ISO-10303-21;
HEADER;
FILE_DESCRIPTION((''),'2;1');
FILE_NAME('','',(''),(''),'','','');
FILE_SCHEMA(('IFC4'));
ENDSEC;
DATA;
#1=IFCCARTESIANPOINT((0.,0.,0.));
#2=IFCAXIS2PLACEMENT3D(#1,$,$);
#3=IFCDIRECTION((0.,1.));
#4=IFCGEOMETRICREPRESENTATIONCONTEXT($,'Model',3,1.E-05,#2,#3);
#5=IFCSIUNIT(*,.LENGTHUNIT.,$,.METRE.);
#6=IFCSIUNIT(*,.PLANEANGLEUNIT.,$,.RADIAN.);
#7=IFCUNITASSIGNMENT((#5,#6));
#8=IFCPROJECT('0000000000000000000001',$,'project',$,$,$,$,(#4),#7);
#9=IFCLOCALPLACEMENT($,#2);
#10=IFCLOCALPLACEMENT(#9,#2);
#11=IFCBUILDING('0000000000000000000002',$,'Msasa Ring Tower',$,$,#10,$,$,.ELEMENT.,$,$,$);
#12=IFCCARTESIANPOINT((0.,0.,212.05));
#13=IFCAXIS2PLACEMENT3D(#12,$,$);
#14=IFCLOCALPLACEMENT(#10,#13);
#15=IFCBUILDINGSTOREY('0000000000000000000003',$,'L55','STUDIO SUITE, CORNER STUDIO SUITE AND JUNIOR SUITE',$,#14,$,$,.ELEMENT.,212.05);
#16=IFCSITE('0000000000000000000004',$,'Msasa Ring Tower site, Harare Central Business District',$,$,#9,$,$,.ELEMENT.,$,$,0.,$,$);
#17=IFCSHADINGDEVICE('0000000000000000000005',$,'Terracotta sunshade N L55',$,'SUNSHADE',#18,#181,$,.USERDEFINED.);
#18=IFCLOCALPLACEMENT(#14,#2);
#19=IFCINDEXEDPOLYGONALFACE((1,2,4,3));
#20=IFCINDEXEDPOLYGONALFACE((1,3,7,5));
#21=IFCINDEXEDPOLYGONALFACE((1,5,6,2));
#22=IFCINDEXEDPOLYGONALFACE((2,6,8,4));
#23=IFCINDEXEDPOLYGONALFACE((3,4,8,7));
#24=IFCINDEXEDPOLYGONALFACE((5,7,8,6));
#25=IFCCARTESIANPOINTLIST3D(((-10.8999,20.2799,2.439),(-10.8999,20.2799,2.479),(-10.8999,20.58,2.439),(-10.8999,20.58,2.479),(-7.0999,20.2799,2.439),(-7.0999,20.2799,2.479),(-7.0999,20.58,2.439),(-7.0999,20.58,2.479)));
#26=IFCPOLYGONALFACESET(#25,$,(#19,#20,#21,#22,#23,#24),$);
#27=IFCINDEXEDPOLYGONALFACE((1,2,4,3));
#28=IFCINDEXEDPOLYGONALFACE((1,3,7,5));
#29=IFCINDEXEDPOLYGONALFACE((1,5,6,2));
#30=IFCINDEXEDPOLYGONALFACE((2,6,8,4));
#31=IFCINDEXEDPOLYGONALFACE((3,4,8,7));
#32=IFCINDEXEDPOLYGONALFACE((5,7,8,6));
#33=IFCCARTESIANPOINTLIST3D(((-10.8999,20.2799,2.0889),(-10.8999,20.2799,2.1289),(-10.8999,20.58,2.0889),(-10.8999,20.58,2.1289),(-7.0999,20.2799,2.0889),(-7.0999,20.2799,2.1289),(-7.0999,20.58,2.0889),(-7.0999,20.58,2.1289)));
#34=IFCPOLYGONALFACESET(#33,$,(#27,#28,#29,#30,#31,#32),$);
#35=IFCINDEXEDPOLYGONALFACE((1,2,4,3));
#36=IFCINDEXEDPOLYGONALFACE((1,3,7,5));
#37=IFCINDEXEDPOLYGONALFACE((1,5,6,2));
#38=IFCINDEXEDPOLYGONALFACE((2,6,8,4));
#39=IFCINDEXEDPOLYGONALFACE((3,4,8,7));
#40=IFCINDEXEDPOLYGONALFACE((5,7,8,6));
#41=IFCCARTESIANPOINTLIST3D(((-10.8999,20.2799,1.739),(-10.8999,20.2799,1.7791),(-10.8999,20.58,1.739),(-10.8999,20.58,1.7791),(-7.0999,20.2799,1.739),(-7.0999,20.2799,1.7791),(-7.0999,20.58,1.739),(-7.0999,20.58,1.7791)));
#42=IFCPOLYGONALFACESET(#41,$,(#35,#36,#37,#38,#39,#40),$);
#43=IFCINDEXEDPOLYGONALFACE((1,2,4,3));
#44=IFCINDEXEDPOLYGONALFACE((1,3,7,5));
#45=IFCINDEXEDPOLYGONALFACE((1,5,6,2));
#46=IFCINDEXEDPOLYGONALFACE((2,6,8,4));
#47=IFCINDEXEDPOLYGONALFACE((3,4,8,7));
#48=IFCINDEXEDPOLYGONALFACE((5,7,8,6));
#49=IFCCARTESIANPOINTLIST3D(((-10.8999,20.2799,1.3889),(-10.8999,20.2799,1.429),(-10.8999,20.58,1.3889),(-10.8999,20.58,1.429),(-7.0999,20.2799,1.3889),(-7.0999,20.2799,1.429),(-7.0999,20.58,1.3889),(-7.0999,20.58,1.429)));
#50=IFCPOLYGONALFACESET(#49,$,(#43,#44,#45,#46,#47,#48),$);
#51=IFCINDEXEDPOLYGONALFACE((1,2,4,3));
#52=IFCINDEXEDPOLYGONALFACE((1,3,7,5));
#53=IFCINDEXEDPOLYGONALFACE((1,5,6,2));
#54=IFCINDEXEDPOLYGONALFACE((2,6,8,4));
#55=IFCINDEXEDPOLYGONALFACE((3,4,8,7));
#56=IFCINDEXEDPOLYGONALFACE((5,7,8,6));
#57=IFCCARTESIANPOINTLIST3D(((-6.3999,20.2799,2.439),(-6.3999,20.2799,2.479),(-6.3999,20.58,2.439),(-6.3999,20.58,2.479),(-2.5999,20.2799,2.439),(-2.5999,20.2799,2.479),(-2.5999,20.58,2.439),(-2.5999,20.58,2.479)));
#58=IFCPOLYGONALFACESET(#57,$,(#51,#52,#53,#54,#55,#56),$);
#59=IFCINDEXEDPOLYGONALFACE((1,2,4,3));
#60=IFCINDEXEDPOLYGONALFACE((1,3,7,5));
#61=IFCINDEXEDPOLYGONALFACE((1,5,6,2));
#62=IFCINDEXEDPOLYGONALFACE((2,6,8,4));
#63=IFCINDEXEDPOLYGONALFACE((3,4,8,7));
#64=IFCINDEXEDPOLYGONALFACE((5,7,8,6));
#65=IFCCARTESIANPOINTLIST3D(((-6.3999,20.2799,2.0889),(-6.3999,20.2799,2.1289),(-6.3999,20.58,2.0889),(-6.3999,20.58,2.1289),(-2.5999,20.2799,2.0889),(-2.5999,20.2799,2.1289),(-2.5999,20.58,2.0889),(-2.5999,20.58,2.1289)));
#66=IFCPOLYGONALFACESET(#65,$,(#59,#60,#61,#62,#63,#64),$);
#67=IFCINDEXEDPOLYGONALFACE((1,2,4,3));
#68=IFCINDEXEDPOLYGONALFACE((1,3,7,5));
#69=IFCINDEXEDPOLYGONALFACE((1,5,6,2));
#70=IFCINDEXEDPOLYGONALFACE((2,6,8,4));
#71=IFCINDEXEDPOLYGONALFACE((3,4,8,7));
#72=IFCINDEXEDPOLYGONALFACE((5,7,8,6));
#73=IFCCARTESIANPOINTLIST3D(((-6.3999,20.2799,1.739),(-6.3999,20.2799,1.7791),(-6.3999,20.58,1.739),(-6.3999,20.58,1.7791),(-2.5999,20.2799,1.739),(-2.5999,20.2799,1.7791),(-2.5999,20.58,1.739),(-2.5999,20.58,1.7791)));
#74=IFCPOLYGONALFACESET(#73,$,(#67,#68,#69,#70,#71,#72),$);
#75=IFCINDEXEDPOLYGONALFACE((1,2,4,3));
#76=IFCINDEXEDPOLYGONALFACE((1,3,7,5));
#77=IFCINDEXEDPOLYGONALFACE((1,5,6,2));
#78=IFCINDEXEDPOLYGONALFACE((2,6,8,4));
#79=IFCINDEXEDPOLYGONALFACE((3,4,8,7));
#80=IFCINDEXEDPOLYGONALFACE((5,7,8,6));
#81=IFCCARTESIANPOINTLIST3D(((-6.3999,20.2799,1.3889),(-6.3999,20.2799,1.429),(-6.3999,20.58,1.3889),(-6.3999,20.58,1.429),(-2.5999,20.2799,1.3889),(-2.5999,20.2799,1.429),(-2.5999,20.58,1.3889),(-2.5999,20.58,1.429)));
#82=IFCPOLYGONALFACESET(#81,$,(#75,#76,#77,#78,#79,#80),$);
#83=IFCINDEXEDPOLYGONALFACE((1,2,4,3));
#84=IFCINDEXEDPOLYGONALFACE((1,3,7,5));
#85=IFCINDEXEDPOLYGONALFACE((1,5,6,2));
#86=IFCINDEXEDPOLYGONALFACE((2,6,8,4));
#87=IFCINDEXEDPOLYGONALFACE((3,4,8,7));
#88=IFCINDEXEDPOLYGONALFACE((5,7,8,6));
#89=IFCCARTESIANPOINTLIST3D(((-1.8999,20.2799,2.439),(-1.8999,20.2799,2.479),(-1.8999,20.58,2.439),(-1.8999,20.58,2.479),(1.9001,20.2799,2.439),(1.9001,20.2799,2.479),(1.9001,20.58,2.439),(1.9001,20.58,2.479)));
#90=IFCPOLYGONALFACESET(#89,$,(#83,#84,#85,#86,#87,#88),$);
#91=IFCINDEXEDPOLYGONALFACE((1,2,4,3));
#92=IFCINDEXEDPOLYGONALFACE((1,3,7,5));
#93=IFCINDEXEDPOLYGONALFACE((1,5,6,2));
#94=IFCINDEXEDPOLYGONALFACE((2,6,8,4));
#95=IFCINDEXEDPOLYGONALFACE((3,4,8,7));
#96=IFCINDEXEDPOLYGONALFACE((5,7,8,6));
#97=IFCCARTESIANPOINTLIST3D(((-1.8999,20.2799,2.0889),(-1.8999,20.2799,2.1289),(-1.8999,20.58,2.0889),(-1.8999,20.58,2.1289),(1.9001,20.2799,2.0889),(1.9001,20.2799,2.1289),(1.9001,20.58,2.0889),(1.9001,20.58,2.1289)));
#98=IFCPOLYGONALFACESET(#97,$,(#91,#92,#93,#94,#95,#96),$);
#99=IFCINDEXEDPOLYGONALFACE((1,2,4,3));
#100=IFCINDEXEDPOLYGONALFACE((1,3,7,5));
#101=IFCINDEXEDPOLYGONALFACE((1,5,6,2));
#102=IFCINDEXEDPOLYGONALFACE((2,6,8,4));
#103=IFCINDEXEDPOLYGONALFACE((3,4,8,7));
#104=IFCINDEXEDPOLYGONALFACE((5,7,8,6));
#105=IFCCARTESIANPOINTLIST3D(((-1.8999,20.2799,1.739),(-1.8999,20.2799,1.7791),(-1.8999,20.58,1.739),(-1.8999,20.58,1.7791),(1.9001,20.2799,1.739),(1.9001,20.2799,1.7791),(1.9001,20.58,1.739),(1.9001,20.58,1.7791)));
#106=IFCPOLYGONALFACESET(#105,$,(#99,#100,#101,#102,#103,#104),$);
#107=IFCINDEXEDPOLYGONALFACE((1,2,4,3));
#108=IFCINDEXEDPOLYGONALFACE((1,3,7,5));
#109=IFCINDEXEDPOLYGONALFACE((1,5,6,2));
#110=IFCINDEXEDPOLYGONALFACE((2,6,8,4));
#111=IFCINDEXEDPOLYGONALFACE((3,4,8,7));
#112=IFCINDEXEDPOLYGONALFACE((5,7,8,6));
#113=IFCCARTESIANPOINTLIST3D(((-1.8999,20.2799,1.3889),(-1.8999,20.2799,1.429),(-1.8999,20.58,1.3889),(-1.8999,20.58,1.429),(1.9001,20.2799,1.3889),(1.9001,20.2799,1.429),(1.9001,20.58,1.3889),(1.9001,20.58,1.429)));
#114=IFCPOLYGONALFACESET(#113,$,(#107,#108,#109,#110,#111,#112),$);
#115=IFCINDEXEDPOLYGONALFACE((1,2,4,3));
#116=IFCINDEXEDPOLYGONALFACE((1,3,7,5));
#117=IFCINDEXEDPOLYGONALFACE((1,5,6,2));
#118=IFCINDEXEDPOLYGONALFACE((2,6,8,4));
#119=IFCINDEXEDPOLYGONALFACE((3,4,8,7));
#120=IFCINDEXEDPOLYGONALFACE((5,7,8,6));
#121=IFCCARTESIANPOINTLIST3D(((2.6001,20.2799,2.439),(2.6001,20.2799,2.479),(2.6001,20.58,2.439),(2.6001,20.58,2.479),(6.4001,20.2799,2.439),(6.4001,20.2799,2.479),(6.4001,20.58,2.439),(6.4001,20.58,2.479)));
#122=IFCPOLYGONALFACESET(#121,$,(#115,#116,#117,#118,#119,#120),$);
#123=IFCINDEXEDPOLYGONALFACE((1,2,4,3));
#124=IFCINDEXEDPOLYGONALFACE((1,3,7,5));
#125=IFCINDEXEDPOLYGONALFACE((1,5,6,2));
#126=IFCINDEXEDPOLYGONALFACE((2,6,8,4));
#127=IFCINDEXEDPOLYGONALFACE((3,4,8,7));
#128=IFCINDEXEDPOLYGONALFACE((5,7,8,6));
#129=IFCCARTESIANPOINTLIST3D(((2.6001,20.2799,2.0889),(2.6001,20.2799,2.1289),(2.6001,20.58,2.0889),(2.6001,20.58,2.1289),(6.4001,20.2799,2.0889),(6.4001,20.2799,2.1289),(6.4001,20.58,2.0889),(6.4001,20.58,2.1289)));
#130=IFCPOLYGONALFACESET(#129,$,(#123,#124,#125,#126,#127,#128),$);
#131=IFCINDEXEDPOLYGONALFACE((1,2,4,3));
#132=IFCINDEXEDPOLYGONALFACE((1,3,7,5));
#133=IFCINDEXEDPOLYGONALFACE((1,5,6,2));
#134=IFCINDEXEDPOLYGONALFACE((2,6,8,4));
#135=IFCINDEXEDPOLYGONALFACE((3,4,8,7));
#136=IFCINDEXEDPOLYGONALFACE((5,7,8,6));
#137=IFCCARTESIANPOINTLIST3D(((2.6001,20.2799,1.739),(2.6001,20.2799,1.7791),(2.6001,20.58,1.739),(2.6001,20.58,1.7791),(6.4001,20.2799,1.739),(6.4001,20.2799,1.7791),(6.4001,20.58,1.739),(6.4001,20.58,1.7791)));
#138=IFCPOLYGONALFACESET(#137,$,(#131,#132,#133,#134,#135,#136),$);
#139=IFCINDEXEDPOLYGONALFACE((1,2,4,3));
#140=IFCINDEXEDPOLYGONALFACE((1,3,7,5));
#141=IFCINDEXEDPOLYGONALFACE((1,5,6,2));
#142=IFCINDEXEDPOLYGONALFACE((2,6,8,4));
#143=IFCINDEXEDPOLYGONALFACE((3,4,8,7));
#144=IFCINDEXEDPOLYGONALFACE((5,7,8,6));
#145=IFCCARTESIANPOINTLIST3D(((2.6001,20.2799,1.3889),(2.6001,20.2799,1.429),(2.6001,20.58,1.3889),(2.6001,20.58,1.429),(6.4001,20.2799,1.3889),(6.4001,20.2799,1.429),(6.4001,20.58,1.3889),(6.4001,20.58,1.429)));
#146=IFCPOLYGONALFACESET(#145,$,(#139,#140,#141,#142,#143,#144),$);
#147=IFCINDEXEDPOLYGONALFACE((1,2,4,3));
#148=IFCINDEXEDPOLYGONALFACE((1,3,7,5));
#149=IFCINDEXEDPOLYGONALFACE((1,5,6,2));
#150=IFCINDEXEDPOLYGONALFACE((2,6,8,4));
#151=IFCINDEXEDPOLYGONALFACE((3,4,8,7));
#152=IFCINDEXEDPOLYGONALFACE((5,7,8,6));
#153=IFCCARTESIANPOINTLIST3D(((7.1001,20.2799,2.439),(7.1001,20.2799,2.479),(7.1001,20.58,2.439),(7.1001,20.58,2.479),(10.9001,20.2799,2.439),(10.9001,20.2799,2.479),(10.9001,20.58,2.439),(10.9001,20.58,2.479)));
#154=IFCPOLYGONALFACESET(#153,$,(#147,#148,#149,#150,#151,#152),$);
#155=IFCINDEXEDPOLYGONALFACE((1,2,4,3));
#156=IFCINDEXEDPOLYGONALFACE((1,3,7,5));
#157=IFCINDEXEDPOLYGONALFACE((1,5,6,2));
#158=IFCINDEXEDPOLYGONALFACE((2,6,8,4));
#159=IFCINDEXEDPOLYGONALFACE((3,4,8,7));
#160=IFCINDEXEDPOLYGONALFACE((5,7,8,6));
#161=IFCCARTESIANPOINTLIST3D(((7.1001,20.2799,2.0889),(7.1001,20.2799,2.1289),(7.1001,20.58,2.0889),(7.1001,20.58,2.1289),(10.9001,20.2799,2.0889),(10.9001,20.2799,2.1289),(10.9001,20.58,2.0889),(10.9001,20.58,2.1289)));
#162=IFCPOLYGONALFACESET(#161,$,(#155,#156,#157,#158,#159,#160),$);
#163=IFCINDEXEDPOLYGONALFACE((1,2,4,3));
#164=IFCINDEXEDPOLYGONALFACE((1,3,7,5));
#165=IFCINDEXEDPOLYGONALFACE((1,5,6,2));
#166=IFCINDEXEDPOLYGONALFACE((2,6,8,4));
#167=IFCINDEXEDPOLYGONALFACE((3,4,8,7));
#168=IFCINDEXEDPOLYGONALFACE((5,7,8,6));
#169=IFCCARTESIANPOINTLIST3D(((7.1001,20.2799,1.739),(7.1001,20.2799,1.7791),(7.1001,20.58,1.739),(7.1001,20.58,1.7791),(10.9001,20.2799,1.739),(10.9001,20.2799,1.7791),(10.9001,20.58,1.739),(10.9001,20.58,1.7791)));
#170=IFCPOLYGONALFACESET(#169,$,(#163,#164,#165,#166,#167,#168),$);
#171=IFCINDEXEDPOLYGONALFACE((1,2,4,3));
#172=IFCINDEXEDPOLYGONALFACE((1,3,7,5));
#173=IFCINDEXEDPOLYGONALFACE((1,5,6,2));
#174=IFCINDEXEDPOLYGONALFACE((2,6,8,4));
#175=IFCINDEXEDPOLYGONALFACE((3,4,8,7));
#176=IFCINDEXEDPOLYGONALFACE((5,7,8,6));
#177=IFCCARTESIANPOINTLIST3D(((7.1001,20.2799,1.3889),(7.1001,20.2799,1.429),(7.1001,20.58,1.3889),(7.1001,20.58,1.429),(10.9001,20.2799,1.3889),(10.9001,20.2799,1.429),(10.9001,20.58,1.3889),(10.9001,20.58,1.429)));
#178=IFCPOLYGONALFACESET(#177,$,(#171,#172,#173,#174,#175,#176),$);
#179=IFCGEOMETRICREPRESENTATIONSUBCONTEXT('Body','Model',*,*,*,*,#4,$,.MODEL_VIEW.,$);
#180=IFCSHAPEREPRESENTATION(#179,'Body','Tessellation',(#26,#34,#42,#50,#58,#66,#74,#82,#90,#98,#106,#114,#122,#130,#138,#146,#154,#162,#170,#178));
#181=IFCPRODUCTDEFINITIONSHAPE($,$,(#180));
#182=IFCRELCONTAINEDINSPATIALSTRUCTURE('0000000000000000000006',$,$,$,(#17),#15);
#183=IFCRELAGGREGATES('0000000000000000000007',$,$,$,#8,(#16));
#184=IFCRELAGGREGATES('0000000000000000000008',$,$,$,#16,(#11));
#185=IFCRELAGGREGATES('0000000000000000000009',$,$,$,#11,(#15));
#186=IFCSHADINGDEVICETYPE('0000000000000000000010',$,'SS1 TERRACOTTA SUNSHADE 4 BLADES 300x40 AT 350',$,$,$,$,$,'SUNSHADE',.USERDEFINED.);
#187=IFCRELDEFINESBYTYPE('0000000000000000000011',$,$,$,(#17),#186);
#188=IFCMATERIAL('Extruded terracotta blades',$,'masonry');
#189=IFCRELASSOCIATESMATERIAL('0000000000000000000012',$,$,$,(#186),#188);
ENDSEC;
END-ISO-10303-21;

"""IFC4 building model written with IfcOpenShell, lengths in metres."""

from ifc_helpers import new_model, si_unit, direction, frame, origin, origin_2d, place, context, subcontext, project, spatial, rectangle, extrude, material, type_object, element, save


model = new_model("IFC4")

# Units and contexts
model_context = context("Model", 3, precision=1e-05, world=origin(), true_north=direction((0.0, 1.0)))
body_context = subcontext(model_context, "Body", "Model", "MODEL_VIEW")
ifc_project = project(units=[si_unit("LENGTHUNIT", "METRE"), si_unit("PLANEANGLEUNIT", "RADIAN")], contexts=[model_context])

# Site, building, storey
site_placement = place(None, origin())
site = spatial("IfcSite", under=ifc_project, at=site_placement, Name="Msasa Ring Tower site, Harare Central Business District", CompositionType="ELEMENT", RefElevation=0.0)
building_placement = place(site_placement, origin())
building = spatial("IfcBuilding", under=site, at=building_placement, Name="Msasa Ring Tower", CompositionType="ELEMENT")
storey_placement = place(building_placement, frame((0.0, 0.0, 212.05)))
storey = spatial("IfcBuildingStorey", under=building, at=storey_placement, Name="L55", Description="STUDIO SUITE, CORNER STUDIO SUITE AND JUNIOR SUITE", CompositionType="ELEMENT", Elevation=212.05)

# Shading device
ifc_material_1 = material(Name="Extruded terracotta blades", Category="masonry")
shading_device_type_1 = type_object("IfcShadingDeviceType", Name="SS1 TERRACOTTA SUNSHADE 4 BLADES 300x40 AT 350", ElementType="SUNSHADE", PredefinedType="USERDEFINED", material=ifc_material_1)
shading_device_1_placement = place(storey_placement, origin())
element("IfcShadingDevice", 1, at=shading_device_1_placement, inside=storey, type_object=shading_device_type_1, Name="Terracotta sunshade N L55", ObjectType="SUNSHADE", PredefinedType="USERDEFINED", context=body_context, shape_type="SweptSolid", body=[
    extrude(rectangle(XDim=0.04, YDim=0.3, at=origin_2d()), frame((-10.8999, 20.4299, 2.459), z_axis=(1.0, 0.0, 0.0), x_axis=(0.0, 0.0, 1.0)), (0.0, 0.0, 1.0), 3.8),
    extrude(rectangle(XDim=0.04, YDim=0.3, at=origin_2d()), frame((-10.8999, 20.4299, 2.1089), z_axis=(1.0, 0.0, 0.0), x_axis=(0.0, 0.0, 1.0)), (0.0, 0.0, 1.0), 3.8),
    extrude(rectangle(XDim=0.04, YDim=0.3, at=origin_2d()), frame((-10.8999, 20.4299, 1.759), z_axis=(1.0, 0.0, 0.0), x_axis=(0.0, 0.0, 1.0)), (0.0, 0.0, 1.0), 3.8),
    extrude(rectangle(XDim=0.04, YDim=0.3, at=origin_2d()), frame((-10.8999, 20.4299, 1.4089), z_axis=(1.0, 0.0, 0.0), x_axis=(0.0, 0.0, 1.0)), (0.0, 0.0, 1.0), 3.8),
    extrude(rectangle(XDim=0.04, YDim=0.3, at=origin_2d()), frame((-6.3999, 20.4299, 2.459), z_axis=(1.0, 0.0, 0.0), x_axis=(0.0, 0.0, 1.0)), (0.0, 0.0, 1.0), 3.8),
    extrude(rectangle(XDim=0.04, YDim=0.3, at=origin_2d()), frame((-6.3999, 20.4299, 2.1089), z_axis=(1.0, 0.0, 0.0), x_axis=(0.0, 0.0, 1.0)), (0.0, 0.0, 1.0), 3.8),
    extrude(rectangle(XDim=0.04, YDim=0.3, at=origin_2d()), frame((-6.3999, 20.4299, 1.759), z_axis=(1.0, 0.0, 0.0), x_axis=(0.0, 0.0, 1.0)), (0.0, 0.0, 1.0), 3.8),
    extrude(rectangle(XDim=0.04, YDim=0.3, at=origin_2d()), frame((-6.3999, 20.4299, 1.4089), z_axis=(1.0, 0.0, 0.0), x_axis=(0.0, 0.0, 1.0)), (0.0, 0.0, 1.0), 3.8),
    extrude(rectangle(XDim=0.04, YDim=0.3, at=origin_2d()), frame((-1.8999, 20.4299, 2.459), z_axis=(1.0, 0.0, 0.0), x_axis=(0.0, 0.0, 1.0)), (0.0, 0.0, 1.0), 3.8),
    extrude(rectangle(XDim=0.04, YDim=0.3, at=origin_2d()), frame((-1.8999, 20.4299, 2.1089), z_axis=(1.0, 0.0, 0.0), x_axis=(0.0, 0.0, 1.0)), (0.0, 0.0, 1.0), 3.8),
    extrude(rectangle(XDim=0.04, YDim=0.3, at=origin_2d()), frame((-1.8999, 20.4299, 1.759), z_axis=(1.0, 0.0, 0.0), x_axis=(0.0, 0.0, 1.0)), (0.0, 0.0, 1.0), 3.8),
    extrude(rectangle(XDim=0.04, YDim=0.3, at=origin_2d()), frame((-1.8999, 20.4299, 1.4089), z_axis=(1.0, 0.0, 0.0), x_axis=(0.0, 0.0, 1.0)), (0.0, 0.0, 1.0), 3.8),
    extrude(rectangle(XDim=0.04, YDim=0.3, at=origin_2d()), frame((2.6001, 20.4299, 2.459), z_axis=(1.0, 0.0, 0.0), x_axis=(0.0, 0.0, 1.0)), (0.0, 0.0, 1.0), 3.8),
    extrude(rectangle(XDim=0.04, YDim=0.3, at=origin_2d()), frame((2.6001, 20.4299, 2.1089), z_axis=(1.0, 0.0, 0.0), x_axis=(0.0, 0.0, 1.0)), (0.0, 0.0, 1.0), 3.8),
    extrude(rectangle(XDim=0.04, YDim=0.3, at=origin_2d()), frame((2.6001, 20.4299, 1.759), z_axis=(1.0, 0.0, 0.0), x_axis=(0.0, 0.0, 1.0)), (0.0, 0.0, 1.0), 3.8),
    extrude(rectangle(XDim=0.04, YDim=0.3, at=origin_2d()), frame((2.6001, 20.4299, 1.4089), z_axis=(1.0, 0.0, 0.0), x_axis=(0.0, 0.0, 1.0)), (0.0, 0.0, 1.0), 3.8),
    extrude(rectangle(XDim=0.04, YDim=0.3, at=origin_2d()), frame((7.1001, 20.4299, 2.459), z_axis=(1.0, 0.0, 0.0), x_axis=(0.0, 0.0, 1.0)), (0.0, 0.0, 1.0), 3.8),
    extrude(rectangle(XDim=0.04, YDim=0.3, at=origin_2d()), frame((7.1001, 20.4299, 2.1089), z_axis=(1.0, 0.0, 0.0), x_axis=(0.0, 0.0, 1.0)), (0.0, 0.0, 1.0), 3.8),
    extrude(rectangle(XDim=0.04, YDim=0.3, at=origin_2d()), frame((7.1001, 20.4299, 1.759), z_axis=(1.0, 0.0, 0.0), x_axis=(0.0, 0.0, 1.0)), (0.0, 0.0, 1.0), 3.8),
    extrude(rectangle(XDim=0.04, YDim=0.3, at=origin_2d()), frame((7.1001, 20.4299, 1.4089), z_axis=(1.0, 0.0, 0.0), x_axis=(0.0, 0.0, 1.0)), (0.0, 0.0, 1.0), 3.8),
])

save(model, "model.ifc")
